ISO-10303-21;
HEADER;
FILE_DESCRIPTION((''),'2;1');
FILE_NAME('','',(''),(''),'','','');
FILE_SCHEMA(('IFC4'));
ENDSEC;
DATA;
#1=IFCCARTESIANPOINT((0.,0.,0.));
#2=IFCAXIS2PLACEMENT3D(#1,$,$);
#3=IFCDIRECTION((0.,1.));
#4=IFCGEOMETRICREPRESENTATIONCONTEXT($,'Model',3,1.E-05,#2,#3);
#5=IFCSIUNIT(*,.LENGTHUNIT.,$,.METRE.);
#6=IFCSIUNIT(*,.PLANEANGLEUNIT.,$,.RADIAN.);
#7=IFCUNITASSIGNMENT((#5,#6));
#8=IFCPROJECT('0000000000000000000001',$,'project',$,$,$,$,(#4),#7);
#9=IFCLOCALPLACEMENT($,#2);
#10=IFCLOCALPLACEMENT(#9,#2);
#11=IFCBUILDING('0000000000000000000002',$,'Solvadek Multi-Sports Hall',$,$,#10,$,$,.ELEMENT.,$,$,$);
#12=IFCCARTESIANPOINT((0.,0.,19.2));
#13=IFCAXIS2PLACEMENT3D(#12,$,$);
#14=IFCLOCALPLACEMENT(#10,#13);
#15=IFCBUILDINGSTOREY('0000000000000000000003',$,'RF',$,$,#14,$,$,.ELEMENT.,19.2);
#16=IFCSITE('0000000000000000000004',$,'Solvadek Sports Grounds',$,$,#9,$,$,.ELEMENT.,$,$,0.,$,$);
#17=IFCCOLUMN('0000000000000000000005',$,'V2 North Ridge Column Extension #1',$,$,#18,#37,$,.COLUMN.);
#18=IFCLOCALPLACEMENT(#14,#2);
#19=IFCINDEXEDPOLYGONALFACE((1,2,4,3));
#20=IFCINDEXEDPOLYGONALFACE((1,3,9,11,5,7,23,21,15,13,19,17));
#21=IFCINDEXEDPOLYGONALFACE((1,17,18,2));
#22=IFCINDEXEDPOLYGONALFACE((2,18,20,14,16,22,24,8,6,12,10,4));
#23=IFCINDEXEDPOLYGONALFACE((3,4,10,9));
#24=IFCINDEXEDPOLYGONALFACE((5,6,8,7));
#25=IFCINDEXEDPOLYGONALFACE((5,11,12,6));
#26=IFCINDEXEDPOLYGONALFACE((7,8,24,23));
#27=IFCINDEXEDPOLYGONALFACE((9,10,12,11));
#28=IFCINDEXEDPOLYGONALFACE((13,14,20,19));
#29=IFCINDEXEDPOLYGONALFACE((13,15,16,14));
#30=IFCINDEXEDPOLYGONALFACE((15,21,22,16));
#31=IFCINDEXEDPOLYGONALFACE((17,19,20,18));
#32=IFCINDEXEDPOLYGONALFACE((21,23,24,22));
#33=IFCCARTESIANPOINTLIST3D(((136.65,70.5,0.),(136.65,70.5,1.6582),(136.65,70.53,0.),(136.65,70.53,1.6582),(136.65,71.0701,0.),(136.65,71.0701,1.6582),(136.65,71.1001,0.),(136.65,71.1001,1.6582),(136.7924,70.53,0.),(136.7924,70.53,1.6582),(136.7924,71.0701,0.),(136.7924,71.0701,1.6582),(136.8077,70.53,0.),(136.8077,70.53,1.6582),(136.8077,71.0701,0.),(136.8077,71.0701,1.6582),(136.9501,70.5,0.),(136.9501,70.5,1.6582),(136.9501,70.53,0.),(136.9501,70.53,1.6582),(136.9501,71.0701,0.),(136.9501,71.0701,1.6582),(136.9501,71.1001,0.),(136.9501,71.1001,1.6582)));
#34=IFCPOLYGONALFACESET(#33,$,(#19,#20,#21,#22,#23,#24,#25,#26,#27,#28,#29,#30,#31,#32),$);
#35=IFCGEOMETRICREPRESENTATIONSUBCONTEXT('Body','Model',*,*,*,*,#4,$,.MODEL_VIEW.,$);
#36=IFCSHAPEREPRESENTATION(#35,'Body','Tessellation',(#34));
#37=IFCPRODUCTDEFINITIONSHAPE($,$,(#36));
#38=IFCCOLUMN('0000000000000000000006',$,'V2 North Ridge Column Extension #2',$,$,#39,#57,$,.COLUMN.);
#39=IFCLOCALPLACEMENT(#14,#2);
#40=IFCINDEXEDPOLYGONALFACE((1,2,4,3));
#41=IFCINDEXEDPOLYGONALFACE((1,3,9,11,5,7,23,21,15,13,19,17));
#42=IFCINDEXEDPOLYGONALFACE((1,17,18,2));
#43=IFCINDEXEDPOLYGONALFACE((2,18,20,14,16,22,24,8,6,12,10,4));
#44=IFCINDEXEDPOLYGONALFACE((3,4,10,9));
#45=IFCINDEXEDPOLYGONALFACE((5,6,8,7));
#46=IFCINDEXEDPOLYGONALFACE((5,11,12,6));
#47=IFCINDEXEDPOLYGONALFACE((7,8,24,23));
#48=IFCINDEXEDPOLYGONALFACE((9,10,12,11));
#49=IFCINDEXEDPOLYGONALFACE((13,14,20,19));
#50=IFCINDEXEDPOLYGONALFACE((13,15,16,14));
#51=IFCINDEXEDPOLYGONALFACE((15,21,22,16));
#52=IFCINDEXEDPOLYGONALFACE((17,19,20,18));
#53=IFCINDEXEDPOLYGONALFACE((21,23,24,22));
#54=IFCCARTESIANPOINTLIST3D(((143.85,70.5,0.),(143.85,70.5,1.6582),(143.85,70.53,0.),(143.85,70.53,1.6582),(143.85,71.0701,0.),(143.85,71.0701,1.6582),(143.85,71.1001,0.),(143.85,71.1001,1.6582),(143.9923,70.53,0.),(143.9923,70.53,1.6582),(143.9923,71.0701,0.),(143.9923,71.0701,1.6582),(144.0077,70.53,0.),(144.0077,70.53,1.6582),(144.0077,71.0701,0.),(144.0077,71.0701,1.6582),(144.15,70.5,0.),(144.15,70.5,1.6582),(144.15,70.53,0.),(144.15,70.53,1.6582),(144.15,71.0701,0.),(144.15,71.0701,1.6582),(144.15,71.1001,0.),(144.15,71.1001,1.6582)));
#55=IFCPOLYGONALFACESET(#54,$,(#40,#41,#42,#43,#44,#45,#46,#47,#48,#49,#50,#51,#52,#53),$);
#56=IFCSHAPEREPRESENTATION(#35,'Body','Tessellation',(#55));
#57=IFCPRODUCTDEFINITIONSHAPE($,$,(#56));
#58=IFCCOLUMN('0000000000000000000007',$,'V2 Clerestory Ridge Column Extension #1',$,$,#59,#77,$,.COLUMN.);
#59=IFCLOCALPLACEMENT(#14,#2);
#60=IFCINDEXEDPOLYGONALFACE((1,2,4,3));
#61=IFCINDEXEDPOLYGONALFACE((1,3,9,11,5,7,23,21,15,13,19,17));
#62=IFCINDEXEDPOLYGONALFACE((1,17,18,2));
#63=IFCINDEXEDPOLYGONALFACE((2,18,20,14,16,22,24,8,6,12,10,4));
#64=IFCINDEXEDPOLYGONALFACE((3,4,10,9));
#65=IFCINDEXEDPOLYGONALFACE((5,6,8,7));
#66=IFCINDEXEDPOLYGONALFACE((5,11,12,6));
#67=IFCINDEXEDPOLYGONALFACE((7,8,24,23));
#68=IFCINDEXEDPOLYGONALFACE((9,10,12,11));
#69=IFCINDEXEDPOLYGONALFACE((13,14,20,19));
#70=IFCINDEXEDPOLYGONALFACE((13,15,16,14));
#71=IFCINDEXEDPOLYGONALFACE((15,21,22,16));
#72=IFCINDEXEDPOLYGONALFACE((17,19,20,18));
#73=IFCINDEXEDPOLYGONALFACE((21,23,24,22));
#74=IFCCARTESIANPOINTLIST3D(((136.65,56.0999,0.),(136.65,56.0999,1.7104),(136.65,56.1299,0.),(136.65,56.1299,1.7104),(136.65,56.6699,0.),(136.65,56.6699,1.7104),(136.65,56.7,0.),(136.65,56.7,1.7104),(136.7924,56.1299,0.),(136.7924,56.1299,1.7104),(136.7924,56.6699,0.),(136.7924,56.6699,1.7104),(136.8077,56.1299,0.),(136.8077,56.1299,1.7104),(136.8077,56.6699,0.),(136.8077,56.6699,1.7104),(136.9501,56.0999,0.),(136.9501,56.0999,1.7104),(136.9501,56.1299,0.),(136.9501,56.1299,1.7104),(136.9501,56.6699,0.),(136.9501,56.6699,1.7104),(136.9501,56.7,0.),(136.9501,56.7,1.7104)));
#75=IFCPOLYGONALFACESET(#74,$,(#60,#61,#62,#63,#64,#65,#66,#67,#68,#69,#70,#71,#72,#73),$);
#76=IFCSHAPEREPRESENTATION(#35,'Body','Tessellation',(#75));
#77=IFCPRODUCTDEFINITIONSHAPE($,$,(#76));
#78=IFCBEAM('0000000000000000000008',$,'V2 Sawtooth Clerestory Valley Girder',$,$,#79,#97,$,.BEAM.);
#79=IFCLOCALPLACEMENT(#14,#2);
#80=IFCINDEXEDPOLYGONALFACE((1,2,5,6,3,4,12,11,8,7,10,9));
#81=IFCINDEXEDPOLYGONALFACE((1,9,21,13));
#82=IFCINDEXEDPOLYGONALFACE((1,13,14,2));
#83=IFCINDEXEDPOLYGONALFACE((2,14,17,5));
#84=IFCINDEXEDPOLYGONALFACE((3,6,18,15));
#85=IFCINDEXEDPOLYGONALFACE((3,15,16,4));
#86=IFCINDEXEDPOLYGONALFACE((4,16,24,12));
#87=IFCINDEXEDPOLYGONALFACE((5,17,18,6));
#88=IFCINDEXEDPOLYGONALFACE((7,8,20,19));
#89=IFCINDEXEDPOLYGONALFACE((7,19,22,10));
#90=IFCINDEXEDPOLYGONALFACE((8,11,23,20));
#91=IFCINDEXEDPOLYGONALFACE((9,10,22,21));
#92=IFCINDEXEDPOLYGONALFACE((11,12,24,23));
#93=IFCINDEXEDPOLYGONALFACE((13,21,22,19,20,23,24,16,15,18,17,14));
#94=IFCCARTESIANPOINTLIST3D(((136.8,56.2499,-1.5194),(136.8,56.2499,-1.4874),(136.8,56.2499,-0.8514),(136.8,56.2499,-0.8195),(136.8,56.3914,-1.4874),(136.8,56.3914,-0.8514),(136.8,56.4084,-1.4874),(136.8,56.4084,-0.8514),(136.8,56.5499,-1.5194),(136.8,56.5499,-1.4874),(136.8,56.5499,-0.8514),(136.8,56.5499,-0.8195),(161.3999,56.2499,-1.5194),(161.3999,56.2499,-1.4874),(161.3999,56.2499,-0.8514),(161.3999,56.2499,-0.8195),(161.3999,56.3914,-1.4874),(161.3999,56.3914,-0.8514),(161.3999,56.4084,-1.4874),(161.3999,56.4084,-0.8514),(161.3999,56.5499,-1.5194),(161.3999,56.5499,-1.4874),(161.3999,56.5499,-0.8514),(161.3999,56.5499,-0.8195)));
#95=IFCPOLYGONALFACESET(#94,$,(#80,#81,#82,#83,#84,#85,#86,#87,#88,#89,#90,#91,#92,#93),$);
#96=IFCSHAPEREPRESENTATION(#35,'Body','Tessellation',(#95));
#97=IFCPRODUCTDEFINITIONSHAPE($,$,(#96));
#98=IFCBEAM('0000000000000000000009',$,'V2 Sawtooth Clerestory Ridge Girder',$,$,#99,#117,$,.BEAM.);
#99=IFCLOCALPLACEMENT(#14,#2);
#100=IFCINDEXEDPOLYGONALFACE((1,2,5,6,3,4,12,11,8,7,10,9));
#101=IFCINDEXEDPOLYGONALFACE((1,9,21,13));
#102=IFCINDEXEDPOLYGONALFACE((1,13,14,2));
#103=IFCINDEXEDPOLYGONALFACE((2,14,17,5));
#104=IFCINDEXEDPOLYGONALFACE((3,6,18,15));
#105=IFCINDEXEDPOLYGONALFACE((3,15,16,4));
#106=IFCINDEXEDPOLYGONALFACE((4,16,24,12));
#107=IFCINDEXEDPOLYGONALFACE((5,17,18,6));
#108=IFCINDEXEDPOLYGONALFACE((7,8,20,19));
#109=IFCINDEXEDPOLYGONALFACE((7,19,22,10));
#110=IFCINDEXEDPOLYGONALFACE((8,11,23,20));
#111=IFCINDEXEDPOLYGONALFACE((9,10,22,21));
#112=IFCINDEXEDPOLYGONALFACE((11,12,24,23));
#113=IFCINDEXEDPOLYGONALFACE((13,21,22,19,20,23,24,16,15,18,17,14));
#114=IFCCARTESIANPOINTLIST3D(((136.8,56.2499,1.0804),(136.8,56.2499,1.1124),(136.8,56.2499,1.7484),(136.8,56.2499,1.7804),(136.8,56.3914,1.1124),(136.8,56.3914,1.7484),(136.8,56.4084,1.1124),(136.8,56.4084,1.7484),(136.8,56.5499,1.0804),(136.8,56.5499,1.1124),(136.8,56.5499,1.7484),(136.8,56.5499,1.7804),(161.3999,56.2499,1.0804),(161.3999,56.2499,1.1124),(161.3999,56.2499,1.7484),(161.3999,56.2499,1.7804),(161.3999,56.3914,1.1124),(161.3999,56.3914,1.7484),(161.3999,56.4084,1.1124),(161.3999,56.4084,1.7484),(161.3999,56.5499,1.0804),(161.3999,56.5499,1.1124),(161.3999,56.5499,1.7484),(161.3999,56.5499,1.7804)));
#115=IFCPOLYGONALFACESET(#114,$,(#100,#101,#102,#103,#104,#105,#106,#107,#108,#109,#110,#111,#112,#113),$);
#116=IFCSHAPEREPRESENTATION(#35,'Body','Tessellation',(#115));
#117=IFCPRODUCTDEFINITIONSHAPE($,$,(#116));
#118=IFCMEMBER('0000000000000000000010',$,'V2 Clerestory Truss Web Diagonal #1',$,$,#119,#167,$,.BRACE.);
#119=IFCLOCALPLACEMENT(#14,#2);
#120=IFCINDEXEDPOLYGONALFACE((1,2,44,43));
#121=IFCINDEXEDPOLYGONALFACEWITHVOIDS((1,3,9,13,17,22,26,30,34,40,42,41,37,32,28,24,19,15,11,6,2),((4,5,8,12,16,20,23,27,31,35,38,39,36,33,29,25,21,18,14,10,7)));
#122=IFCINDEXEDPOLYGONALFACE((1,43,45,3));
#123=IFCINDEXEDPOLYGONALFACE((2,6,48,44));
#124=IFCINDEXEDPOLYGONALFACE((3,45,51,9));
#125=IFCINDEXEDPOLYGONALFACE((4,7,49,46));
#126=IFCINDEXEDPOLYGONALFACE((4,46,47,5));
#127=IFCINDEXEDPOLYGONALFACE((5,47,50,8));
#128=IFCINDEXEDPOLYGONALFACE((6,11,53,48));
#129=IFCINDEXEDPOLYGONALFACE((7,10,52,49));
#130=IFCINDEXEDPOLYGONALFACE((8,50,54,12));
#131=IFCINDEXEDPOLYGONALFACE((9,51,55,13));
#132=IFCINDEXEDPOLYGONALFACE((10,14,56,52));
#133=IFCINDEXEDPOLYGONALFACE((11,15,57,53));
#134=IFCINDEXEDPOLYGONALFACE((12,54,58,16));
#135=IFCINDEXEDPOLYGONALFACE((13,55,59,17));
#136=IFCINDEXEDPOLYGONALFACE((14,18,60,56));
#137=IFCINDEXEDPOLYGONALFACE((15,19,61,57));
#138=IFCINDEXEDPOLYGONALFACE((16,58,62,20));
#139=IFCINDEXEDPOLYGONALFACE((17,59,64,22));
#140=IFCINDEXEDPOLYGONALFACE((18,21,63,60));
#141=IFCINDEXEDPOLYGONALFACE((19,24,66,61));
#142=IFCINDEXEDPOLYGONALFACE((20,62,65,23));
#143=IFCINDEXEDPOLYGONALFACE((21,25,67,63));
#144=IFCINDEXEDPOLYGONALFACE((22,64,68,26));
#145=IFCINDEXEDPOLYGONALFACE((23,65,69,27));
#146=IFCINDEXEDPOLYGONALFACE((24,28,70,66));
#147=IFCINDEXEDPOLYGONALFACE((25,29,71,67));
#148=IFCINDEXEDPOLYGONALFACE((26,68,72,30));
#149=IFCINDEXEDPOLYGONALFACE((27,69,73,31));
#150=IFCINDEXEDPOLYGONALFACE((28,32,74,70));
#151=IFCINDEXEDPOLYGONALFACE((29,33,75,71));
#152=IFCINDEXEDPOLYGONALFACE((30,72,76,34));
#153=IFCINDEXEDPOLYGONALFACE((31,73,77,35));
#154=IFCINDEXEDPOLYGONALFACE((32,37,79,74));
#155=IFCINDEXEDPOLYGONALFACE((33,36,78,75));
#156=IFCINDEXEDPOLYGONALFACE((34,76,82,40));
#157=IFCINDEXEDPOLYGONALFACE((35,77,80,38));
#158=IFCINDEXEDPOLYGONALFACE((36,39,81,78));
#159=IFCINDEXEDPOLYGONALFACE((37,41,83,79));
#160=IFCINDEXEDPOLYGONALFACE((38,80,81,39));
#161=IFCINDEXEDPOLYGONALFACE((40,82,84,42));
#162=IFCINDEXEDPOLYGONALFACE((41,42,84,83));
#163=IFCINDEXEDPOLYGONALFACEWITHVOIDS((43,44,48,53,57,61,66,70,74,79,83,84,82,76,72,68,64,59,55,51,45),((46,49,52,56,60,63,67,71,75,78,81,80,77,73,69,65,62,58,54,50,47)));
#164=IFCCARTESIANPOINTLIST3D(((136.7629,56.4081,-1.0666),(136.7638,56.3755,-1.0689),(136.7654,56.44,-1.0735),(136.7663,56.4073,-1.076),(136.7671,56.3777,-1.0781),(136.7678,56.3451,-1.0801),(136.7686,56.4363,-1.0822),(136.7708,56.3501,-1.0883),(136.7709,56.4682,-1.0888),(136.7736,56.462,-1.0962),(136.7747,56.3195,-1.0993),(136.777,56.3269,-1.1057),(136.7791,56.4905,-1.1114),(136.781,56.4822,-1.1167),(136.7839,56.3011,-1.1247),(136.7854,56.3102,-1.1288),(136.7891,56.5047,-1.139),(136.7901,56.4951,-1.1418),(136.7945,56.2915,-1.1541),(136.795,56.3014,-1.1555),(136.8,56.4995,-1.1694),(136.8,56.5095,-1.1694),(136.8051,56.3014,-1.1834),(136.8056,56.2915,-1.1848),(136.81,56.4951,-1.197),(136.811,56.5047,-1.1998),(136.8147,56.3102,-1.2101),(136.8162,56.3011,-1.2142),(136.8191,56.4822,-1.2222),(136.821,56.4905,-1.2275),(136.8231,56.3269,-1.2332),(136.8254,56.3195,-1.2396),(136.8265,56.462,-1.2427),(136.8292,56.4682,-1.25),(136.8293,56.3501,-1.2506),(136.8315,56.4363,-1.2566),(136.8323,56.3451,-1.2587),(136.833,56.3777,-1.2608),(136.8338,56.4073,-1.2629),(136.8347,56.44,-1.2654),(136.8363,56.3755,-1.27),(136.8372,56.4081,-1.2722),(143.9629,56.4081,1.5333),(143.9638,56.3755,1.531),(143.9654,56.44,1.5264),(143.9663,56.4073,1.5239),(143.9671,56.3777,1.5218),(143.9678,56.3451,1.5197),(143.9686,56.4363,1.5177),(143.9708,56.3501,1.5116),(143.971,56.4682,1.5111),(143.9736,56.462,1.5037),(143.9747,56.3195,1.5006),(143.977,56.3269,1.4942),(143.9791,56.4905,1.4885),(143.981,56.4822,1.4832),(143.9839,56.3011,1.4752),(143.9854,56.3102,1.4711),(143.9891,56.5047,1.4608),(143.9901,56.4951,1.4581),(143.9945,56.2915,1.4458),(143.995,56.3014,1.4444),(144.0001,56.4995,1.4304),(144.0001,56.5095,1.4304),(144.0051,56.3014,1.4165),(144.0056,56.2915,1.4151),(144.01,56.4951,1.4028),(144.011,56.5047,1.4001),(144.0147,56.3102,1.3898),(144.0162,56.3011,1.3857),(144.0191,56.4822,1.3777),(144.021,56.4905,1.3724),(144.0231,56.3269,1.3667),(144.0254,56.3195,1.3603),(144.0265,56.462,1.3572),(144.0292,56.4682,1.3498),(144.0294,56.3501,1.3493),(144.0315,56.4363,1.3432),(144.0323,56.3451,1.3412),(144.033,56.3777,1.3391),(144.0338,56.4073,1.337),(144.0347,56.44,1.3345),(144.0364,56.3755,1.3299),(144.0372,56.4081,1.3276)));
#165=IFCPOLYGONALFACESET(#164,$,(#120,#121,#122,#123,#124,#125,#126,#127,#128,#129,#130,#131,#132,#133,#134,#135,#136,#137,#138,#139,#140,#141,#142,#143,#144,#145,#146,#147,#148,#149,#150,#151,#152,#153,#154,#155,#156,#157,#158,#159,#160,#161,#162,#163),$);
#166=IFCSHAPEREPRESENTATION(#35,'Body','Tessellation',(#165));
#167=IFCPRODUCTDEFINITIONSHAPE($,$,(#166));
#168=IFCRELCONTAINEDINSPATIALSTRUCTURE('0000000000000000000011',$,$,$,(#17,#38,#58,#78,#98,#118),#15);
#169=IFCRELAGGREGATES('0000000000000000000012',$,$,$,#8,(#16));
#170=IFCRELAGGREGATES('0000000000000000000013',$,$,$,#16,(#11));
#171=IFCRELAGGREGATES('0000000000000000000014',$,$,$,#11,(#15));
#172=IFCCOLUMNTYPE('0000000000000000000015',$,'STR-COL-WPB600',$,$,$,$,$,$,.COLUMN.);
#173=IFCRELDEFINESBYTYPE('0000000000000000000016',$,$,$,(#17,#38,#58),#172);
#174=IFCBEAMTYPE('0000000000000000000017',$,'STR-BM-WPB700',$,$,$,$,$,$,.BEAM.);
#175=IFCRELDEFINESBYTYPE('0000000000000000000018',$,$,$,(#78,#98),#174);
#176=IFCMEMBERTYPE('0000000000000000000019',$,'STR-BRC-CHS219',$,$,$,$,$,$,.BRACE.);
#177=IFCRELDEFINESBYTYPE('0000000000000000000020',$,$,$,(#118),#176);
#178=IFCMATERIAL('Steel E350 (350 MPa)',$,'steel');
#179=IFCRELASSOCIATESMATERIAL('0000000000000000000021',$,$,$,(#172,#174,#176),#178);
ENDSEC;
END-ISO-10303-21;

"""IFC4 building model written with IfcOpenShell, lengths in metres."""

from ifc_helpers import new_model, si_unit, direction, frame, origin, origin_2d, place, context, subcontext, project, spatial, hollow_circle, i_section, extrude, material, material_profile, profile_set, type_object, element, save


model = new_model("IFC4")

# Units and contexts
model_context = context("Model", 3, precision=1e-05, world=origin(), true_north=direction((0.0, 1.0)))
body_context = subcontext(model_context, "Body", "Model", "MODEL_VIEW")
ifc_project = project(units=[si_unit("LENGTHUNIT", "METRE"), si_unit("PLANEANGLEUNIT", "RADIAN")], contexts=[model_context])

# Site, building, storey
site_placement = place(None, origin())
site = spatial("IfcSite", under=ifc_project, at=site_placement, Name="Solvadek Sports Grounds", CompositionType="ELEMENT", RefElevation=0.0)
building_placement = place(site_placement, origin())
building = spatial("IfcBuilding", under=site, at=building_placement, Name="Solvadek Multi-Sports Hall", CompositionType="ELEMENT")
storey_placement = place(building_placement, frame((0.0, 0.0, 19.2)))
storey = spatial("IfcBuildingStorey", under=building, at=storey_placement, Name="RF", CompositionType="ELEMENT", Elevation=19.2)

# Columns
ifc_material_1 = material(Name="Steel E350 (350 MPa)", Category="steel")
ifc_material_profile_1 = material_profile(ifc_material_1, i_section(OverallWidth=0.3, OverallDepth=0.6001, WebThickness=0.0154, FlangeThickness=0.03, at=origin_2d()), Name="WPB 600")
ifc_profile_set_1 = profile_set([ifc_material_profile_1], Name="Steel E350 (350 MPa)")
column_type = type_object("IfcColumnType", Name="STR-COL-WPB600", PredefinedType="COLUMN", material=ifc_profile_set_1)
for number, where, z_axis, x_axis, name in (
    (1, (136.8, 70.8, 0.0), (0.0, 0.0, 1.0), (1.0, 0.0, 0.0), "V2 North Ridge Column Extension #1"),
    (2, (144.0, 70.8, 0.0), (0.0, 0.0, 1.0), (1.0, 0.0, 0.0), "V2 North Ridge Column Extension #2"),
):
    element("IfcColumn", number, at=place(storey_placement, frame(where, z_axis=z_axis, x_axis=x_axis)), inside=storey, type_object=column_type, Name=name, PredefinedType="COLUMN", context=body_context, shape_type="SweptSolid", body=[
        extrude(i_section(OverallWidth=0.3, OverallDepth=0.6001, WebThickness=0.0154, FlangeThickness=0.03, at=origin_2d()), origin(), (0.0, 0.0, 1.0), 1.6582),
    ])
column_placement = place(storey_placement, frame((136.8, 56.3999, 0.0), z_axis=(0.0, 0.0, 1.0), x_axis=(1.0, 0.0, 0.0)))
element("IfcColumn", 3, at=column_placement, inside=storey, type_object=column_type, Name="V2 Clerestory Ridge Column Extension #1", PredefinedType="COLUMN", context=body_context, shape_type="SweptSolid", body=[
    extrude(i_section(OverallWidth=0.3, OverallDepth=0.6001, WebThickness=0.0154, FlangeThickness=0.03, at=origin_2d()), origin(), (0.0, 0.0, 1.0), 1.7104),
])

# Beams
ifc_material_profile_2 = material_profile(ifc_material_1, i_section(OverallWidth=0.3, OverallDepth=0.7, WebThickness=0.0171, FlangeThickness=0.032, at=origin_2d()), Name="WPB 700")
ifc_profile_set_2 = profile_set([ifc_material_profile_2], Name="Steel E350 (350 MPa)")
beam_type_1 = type_object("IfcBeamType", Name="STR-BM-WPB700", PredefinedType="BEAM", material=ifc_profile_set_2)
for number, where, z_axis, x_axis, name in (
    (4, (136.8, 56.3999, -1.1694), (1.0, 0.0, 0.0), (0.0, 1.0, 0.0), "V2 Sawtooth Clerestory Valley Girder"),
    (5, (136.8, 56.3999, 1.4304), (1.0, 0.0, 0.0), (0.0, 1.0, 0.0), "V2 Sawtooth Clerestory Ridge Girder"),
):
    element("IfcBeam", number, at=place(storey_placement, frame(where, z_axis=z_axis, x_axis=x_axis)), inside=storey, type_object=beam_type_1, Name=name, PredefinedType="BEAM", context=body_context, shape_type="SweptSolid", body=[
        extrude(i_section(OverallWidth=0.3, OverallDepth=0.7, WebThickness=0.0171, FlangeThickness=0.032, at=origin_2d()), origin(), (0.0, 0.0, 1.0), 24.5999),
    ])

# Member
ifc_material_profile_3 = material_profile(ifc_material_1, hollow_circle(Radius=0.1096, WallThickness=0.01, at=origin_2d()), Name="CHS 219.1x10")
ifc_profile_set_3 = profile_set([ifc_material_profile_3], Name="Steel E350 (350 MPa)")
member_type_1 = type_object("IfcMemberType", Name="STR-BRC-CHS219", PredefinedType="BRACE", material=ifc_profile_set_3)
for number, where, z_axis, x_axis, name in (
    (6, (136.8, 56.3999, -1.1694), (0.940559, 0.0, 0.33963), (0.0, 1.0, 0.0), "V2 Clerestory Truss Web Diagonal #1"),
):
    element("IfcMember", number, at=place(storey_placement, frame(where, z_axis=z_axis, x_axis=x_axis)), inside=storey, type_object=member_type_1, Name=name, PredefinedType="BRACE", context=body_context, shape_type="SweptSolid", body=[
        extrude(hollow_circle(Radius=0.1096, WallThickness=0.01, at=origin_2d()), origin(), (0.0, 0.0, 1.0), 7.655),
    ])

save(model, "model.ifc")
